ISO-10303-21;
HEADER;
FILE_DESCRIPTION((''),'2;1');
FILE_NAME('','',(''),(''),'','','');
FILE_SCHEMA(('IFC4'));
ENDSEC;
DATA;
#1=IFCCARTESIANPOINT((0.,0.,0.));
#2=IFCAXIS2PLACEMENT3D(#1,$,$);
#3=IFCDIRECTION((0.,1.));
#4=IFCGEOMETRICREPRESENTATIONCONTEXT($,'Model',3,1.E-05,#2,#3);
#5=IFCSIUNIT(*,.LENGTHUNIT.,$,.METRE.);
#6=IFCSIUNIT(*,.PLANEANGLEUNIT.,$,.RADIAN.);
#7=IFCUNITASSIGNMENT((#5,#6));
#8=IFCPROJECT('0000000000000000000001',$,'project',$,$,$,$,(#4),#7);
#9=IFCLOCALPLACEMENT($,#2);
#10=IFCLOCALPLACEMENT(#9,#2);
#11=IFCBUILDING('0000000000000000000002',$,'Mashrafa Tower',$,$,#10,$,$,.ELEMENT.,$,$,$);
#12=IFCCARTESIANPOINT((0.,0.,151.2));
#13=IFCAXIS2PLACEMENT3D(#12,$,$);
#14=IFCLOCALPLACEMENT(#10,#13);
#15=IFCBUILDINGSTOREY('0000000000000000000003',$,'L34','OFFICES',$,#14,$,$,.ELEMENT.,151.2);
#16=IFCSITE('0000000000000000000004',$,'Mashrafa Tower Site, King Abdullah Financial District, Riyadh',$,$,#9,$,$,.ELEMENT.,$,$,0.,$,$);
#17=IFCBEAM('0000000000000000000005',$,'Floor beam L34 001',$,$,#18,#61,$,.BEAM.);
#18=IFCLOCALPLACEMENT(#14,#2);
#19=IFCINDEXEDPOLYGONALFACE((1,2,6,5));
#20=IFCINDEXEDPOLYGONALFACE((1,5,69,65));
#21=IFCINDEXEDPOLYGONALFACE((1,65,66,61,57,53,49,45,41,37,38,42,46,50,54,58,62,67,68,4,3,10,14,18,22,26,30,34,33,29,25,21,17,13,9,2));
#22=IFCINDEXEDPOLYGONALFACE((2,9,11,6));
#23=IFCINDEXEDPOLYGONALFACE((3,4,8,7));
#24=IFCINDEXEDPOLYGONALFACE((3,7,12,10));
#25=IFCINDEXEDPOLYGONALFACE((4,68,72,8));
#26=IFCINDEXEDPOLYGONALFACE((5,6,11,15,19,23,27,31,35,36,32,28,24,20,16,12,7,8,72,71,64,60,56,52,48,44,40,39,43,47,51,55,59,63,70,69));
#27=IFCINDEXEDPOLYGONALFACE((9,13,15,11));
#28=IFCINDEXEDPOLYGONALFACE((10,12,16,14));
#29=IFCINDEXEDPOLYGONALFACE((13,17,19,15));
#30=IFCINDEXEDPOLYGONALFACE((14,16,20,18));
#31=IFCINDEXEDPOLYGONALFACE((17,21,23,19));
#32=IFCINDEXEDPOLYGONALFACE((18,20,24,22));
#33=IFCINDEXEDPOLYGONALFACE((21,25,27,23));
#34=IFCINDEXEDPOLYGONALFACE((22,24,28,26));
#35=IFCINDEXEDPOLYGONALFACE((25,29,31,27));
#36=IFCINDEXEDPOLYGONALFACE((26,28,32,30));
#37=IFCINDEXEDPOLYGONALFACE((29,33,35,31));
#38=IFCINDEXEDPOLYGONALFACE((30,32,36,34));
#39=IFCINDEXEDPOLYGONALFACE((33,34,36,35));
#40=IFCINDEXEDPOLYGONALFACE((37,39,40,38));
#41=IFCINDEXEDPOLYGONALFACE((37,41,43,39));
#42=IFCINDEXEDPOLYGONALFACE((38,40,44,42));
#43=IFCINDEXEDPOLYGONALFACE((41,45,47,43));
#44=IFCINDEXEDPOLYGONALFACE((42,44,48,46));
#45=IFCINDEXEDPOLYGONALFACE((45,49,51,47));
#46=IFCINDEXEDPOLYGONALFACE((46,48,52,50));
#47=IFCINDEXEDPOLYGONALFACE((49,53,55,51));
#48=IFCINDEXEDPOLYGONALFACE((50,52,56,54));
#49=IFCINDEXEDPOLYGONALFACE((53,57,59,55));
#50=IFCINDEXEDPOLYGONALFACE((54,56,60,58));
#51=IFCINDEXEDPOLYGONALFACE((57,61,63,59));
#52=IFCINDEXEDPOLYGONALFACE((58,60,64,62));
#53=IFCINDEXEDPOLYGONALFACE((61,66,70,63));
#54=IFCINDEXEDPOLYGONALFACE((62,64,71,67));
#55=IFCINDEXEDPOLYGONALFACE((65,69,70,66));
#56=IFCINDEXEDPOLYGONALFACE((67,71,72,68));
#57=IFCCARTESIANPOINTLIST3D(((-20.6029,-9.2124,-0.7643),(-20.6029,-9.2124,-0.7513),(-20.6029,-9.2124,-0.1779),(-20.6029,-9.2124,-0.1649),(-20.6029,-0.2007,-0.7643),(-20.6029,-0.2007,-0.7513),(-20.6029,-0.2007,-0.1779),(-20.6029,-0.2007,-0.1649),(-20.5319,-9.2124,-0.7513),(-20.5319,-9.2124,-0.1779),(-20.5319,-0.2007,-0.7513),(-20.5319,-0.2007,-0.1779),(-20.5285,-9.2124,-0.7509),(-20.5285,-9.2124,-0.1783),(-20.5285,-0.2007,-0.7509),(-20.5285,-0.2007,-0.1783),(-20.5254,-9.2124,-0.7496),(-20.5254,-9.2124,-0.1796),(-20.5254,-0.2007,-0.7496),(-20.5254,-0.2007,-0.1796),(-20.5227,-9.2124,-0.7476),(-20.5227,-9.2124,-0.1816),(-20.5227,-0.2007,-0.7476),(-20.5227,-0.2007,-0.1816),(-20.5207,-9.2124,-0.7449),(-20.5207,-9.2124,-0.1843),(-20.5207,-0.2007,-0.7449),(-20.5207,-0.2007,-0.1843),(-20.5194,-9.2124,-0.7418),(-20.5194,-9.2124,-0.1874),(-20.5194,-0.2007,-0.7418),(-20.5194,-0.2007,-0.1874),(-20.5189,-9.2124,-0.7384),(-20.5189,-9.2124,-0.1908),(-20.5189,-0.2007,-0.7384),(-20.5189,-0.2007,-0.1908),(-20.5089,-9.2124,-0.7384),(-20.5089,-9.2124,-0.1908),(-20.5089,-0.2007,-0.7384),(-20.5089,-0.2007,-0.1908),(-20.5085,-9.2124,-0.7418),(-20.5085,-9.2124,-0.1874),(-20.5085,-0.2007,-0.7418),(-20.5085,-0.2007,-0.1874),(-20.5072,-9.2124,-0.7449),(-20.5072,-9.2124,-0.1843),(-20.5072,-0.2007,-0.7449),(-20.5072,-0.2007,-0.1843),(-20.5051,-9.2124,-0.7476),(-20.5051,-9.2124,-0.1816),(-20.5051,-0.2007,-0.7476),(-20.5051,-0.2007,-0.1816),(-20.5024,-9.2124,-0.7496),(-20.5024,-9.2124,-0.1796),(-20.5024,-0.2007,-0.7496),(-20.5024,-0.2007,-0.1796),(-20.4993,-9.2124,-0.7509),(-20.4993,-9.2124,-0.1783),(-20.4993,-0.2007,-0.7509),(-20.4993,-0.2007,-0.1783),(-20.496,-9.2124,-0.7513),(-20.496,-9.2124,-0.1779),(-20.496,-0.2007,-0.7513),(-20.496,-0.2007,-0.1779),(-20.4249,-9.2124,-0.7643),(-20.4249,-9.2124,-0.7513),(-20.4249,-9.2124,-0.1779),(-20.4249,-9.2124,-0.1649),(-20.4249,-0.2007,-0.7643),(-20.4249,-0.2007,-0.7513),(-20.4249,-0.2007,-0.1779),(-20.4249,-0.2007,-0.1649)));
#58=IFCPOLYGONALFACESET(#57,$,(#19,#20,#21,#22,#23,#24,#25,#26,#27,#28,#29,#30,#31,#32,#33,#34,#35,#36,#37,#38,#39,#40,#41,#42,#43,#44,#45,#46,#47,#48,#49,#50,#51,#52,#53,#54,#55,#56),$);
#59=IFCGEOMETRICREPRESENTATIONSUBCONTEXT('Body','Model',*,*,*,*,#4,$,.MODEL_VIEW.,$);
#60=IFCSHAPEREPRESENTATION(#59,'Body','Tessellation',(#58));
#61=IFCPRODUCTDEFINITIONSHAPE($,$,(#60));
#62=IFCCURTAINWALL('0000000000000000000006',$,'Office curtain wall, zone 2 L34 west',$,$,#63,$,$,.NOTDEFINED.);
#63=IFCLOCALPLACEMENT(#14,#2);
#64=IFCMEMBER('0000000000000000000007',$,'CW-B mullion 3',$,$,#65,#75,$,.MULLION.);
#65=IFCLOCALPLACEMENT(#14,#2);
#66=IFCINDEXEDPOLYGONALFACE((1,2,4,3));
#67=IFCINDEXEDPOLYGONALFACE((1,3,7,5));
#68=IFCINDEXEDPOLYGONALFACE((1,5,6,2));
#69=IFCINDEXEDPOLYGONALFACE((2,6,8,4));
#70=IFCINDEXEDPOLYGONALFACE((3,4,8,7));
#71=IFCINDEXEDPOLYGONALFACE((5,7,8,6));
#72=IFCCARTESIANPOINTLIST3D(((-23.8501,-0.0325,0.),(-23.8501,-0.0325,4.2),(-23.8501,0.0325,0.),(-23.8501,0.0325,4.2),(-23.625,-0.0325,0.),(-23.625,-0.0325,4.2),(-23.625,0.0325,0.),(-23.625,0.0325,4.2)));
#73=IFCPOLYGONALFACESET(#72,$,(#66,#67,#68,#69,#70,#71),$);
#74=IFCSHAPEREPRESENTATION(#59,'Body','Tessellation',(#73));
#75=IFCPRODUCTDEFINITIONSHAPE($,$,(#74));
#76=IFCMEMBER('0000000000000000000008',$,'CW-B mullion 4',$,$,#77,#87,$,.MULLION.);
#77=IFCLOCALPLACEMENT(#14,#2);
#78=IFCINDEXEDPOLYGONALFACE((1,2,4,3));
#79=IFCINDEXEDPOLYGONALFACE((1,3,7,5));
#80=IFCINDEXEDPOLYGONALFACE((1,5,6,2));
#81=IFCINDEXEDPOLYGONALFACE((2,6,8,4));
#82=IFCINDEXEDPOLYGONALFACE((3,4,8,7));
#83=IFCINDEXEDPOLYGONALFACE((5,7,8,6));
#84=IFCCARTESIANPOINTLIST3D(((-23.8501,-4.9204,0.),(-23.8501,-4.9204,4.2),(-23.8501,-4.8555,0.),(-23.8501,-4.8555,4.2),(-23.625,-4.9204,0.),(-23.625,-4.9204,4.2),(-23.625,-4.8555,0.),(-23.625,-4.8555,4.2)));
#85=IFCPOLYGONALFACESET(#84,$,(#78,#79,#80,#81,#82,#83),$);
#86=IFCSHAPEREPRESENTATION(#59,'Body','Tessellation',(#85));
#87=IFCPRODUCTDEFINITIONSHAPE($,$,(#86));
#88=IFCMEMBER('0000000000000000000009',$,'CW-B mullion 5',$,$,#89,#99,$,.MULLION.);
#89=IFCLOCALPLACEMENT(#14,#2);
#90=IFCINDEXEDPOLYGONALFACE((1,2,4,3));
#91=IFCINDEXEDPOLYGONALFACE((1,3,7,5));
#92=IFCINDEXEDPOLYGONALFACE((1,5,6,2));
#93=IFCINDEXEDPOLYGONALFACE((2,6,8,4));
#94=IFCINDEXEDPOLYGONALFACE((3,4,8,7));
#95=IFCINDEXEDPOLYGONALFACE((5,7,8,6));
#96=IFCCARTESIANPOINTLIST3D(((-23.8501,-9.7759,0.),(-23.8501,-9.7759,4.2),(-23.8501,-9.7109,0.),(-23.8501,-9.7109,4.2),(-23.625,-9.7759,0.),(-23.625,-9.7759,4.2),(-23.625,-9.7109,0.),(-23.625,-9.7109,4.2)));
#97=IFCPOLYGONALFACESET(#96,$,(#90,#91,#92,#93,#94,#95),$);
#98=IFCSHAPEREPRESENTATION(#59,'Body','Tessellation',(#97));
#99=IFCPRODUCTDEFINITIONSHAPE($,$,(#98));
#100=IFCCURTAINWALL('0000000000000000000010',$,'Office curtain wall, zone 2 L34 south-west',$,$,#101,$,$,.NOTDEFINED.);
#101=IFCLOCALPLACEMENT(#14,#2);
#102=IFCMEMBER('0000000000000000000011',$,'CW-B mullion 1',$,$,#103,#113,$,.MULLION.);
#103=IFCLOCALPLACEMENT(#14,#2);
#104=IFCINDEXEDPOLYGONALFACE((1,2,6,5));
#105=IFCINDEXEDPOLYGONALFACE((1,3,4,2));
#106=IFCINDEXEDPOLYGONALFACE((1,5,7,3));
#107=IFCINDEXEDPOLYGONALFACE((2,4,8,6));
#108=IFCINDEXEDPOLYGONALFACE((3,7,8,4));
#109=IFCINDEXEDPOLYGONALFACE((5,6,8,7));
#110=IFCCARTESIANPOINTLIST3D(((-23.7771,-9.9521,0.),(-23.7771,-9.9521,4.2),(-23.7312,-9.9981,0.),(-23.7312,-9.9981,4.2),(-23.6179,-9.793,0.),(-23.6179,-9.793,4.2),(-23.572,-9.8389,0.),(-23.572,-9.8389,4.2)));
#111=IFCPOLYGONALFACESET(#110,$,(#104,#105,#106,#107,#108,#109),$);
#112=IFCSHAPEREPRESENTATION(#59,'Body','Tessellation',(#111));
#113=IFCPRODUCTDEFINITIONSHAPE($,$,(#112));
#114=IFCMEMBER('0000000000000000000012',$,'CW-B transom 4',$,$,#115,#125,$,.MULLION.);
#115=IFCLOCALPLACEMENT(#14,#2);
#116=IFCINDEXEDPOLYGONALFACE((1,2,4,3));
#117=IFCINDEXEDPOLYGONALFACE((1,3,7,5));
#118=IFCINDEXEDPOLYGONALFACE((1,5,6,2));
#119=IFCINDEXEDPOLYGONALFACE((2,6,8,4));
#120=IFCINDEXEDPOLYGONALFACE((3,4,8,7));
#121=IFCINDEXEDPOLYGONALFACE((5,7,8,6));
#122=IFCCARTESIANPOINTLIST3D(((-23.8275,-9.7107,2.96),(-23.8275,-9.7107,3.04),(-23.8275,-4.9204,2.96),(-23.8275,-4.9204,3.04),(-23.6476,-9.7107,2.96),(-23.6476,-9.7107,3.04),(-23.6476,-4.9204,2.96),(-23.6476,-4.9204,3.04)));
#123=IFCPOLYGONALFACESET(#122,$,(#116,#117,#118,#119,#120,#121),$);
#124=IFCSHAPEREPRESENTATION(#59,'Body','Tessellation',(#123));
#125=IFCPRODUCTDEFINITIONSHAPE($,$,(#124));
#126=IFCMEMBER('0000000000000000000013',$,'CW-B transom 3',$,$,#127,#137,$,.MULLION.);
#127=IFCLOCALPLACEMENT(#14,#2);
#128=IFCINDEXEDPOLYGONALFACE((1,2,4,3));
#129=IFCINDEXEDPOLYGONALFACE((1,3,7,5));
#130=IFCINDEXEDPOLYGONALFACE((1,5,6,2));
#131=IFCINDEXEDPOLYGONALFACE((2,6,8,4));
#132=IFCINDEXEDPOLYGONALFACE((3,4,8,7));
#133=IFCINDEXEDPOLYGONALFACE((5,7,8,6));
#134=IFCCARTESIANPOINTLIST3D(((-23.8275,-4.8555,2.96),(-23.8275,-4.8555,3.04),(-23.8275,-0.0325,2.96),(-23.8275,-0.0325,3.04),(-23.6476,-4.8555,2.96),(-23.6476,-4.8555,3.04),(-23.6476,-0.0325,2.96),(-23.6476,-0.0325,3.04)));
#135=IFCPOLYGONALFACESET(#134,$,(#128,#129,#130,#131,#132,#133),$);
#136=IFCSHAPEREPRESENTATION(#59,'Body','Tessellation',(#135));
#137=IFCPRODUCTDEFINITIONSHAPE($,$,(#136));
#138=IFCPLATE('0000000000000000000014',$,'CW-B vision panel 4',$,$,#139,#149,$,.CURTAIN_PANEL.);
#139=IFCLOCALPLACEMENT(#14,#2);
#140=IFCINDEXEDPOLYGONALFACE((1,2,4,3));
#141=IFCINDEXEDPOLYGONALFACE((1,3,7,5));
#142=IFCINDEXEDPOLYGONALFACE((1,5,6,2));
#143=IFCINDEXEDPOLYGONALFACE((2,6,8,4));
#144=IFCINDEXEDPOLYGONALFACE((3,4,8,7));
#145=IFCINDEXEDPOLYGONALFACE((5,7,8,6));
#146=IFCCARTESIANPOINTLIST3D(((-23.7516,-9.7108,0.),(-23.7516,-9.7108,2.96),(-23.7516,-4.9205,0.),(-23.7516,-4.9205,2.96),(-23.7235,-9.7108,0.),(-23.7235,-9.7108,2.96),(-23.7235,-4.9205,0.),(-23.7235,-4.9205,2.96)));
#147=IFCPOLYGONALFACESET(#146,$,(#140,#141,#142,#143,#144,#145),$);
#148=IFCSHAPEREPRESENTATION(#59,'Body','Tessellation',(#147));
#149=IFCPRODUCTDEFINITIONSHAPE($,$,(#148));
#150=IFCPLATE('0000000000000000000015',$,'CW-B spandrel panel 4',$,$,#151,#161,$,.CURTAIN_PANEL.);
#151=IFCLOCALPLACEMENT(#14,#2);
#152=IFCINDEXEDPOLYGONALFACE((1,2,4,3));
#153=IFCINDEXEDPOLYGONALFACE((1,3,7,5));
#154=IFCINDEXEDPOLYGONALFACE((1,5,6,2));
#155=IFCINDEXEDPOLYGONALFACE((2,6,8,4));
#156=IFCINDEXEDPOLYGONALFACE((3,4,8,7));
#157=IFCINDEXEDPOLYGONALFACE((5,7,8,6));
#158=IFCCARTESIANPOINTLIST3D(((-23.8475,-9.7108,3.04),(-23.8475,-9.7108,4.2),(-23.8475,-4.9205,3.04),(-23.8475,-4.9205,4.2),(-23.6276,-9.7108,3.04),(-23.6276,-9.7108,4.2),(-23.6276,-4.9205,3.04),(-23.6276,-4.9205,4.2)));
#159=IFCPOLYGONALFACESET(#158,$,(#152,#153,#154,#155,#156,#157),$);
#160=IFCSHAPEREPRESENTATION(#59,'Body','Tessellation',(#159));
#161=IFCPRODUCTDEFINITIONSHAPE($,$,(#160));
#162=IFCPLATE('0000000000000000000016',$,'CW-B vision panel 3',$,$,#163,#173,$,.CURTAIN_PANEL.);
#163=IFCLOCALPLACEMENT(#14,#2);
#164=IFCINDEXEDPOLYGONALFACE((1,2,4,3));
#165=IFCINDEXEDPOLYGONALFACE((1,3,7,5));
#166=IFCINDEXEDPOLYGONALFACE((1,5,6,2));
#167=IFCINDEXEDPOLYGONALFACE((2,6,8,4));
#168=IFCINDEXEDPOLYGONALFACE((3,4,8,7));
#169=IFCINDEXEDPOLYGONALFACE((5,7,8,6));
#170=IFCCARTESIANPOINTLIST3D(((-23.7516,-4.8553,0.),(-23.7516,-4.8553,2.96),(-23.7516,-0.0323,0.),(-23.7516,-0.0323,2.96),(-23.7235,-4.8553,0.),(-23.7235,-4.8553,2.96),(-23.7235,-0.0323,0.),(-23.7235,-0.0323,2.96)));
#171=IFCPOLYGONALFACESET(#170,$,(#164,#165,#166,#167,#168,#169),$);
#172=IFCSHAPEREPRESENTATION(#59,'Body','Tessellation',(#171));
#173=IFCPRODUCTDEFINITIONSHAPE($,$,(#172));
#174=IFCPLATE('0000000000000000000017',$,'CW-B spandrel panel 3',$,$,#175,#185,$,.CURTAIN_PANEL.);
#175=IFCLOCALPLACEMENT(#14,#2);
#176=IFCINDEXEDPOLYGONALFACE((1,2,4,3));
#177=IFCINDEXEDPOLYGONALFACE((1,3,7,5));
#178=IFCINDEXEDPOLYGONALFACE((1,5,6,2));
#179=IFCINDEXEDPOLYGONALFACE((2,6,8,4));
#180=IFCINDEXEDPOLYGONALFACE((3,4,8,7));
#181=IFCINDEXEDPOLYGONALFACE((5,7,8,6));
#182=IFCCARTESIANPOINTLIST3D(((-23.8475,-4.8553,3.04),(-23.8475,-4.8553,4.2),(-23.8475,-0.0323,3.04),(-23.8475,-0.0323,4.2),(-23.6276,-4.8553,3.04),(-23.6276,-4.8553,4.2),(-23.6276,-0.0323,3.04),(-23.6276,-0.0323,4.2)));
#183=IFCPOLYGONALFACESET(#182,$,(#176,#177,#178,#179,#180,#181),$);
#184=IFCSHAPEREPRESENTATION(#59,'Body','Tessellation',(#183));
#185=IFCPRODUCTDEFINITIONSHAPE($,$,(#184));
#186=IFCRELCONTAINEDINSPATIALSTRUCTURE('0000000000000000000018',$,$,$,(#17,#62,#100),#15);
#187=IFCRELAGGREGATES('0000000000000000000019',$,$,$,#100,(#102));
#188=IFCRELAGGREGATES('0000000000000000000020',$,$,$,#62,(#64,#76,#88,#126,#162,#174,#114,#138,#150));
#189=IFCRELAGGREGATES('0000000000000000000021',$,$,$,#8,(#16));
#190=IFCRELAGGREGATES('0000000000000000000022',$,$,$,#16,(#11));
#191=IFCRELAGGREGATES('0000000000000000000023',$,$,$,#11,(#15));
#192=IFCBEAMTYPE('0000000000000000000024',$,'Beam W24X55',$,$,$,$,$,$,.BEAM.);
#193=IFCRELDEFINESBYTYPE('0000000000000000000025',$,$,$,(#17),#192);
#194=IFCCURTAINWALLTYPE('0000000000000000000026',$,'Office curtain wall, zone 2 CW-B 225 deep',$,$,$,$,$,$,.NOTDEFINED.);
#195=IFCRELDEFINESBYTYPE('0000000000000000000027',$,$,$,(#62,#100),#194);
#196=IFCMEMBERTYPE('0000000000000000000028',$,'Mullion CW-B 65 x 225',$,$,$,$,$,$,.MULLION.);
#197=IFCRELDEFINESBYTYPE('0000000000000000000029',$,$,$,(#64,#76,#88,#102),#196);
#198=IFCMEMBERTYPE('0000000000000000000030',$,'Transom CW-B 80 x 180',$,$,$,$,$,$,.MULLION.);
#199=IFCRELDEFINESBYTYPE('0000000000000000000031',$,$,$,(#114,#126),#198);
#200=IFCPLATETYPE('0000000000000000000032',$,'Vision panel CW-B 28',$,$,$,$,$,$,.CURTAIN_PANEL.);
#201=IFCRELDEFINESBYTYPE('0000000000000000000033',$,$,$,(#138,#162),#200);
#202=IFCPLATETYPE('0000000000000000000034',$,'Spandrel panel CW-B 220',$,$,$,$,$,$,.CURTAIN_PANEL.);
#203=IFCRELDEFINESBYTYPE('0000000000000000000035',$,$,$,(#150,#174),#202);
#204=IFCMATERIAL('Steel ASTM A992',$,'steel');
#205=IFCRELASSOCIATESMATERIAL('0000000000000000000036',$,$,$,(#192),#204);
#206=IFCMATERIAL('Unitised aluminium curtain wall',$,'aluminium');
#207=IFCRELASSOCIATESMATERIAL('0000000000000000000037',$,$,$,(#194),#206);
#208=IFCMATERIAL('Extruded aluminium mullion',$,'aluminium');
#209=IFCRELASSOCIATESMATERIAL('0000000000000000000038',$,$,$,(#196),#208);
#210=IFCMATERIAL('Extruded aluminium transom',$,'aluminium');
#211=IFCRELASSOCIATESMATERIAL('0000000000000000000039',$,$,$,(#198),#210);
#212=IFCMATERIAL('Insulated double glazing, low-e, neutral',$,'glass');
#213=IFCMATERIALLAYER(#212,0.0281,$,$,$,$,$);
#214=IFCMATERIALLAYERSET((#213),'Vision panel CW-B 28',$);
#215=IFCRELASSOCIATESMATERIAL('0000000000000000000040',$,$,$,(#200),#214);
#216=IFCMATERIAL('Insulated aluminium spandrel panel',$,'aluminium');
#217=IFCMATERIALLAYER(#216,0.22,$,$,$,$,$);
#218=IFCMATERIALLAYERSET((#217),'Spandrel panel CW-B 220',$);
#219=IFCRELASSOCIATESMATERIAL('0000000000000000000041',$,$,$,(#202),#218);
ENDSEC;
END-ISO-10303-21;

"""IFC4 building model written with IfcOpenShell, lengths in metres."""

from ifc_helpers import new_model, si_unit, direction, frame, origin, origin_2d, place, context, subcontext, project, spatial, rectangle, i_section, extrude, source, transform, mapped, material, layer, layer_set, material_profile, profile_set, type_object, type_shapes, element, aggregate, save


model = new_model("IFC4")

# Units and contexts
model_context = context("Model", 3, precision=1e-05, world=origin(), true_north=direction((0.0, 1.0)))
body_context = subcontext(model_context, "Body", "Model", "MODEL_VIEW")
ifc_project = project(units=[si_unit("LENGTHUNIT", "METRE"), si_unit("PLANEANGLEUNIT", "RADIAN")], contexts=[model_context])

# Site, building, storey
site_placement = place(None, origin())
site = spatial("IfcSite", under=ifc_project, at=site_placement, Name="Mashrafa Tower Site, King Abdullah Financial District, Riyadh", CompositionType="ELEMENT", RefElevation=0.0)
building_placement = place(site_placement, origin())
building = spatial("IfcBuilding", under=site, at=building_placement, Name="Mashrafa Tower", CompositionType="ELEMENT")
storey_placement = place(building_placement, frame((0.0, 0.0, 151.2)))
storey = spatial("IfcBuildingStorey", under=building, at=storey_placement, Name="L34", Description="OFFICES", CompositionType="ELEMENT", Elevation=151.2)

# Beam
ifc_material_1 = material(Name="Steel ASTM A992", Category="steel")
ifc_material_profile_1 = material_profile(ifc_material_1, i_section(OverallWidth=0.178, OverallDepth=0.5994, WebThickness=0.01, FlangeThickness=0.0129, FilletRadius=0.0129, at=origin_2d()), Name="W24X55")
ifc_profile_set_1 = profile_set([ifc_material_profile_1], Name="Steel ASTM A992")
beam_type_1 = type_object("IfcBeamType", Name="Beam W24X55", PredefinedType="BEAM", material=ifc_profile_set_1)
beam_1_placement = place(storey_placement, frame((-20.5139, -9.2124, -0.4646), z_axis=(0.0, 1.0, 0.0), x_axis=(-1.0, 0.0, 0.0)))
element("IfcBeam", 1, at=beam_1_placement, inside=storey, type_object=beam_type_1, Name="Floor beam L34 001", PredefinedType="BEAM", context=body_context, shape_type="SweptSolid", body=[
    extrude(i_section(OverallWidth=0.178, OverallDepth=0.5994, WebThickness=0.01, FlangeThickness=0.0129, FilletRadius=0.0129, at=origin_2d()), origin(), (0.0, 0.0, 1.0), 9.0117),
])

# Curtain wall, members
ifc_material_2 = material(Name="Unitised aluminium curtain wall", Category="aluminium")
curtain_wall_type = type_object("IfcCurtainWallType", Name="Office curtain wall, zone 2 CW-B 225 deep", PredefinedType="NOTDEFINED", material=ifc_material_2)
curtain_wall_1_placement = place(storey_placement, origin())
curtain_wall_1 = element("IfcCurtainWall", 2, at=curtain_wall_1_placement, inside=storey, type_object=curtain_wall_type, Name="Office curtain wall, zone 2 L34 west", PredefinedType="NOTDEFINED")
ifc_material_3 = material(Name="Extruded aluminium mullion", Category="aluminium")
ifc_material_profile_2 = material_profile(ifc_material_3, rectangle(XDim=0.2251, YDim=0.0649, at=origin_2d()), Name="Mullion 65x225")
ifc_profile_set_2 = profile_set([ifc_material_profile_2], Name="Extruded aluminium mullion")
member_type_1 = type_object("IfcMemberType", Name="Mullion CW-B 65 x 225", PredefinedType="MULLION", material=ifc_profile_set_2)
shared_shape_1 = source(origin(), body_context, "Body", "SweptSolid", [
    extrude(rectangle(XDim=0.2251, YDim=0.0649, at=origin_2d()), origin(), (0.0, 0.0, 1.0), 4.2),
])
type_shapes(member_type_1, [shared_shape_1])
member_1_placement = place(storey_placement, frame((-23.7375, 0.0, 0.0), z_axis=(0.0, 0.0, 1.0), x_axis=(1.0, 0.0, 0.0)))
member_1 = element("IfcMember", 3, at=member_1_placement, type_object=member_type_1, Name="CW-B mullion 3", PredefinedType="MULLION", context=body_context, shape_type="MappedRepresentation", body=[
    mapped(shared_shape_1, transform((0.0, 0.0, 0.0))),
])
member_2_placement = place(storey_placement, frame((-23.7375, -4.8879, 0.0), z_axis=(0.0, 0.0, 1.0), x_axis=(1.0, 0.0, 0.0)))
member_2 = element("IfcMember", 4, at=member_2_placement, type_object=member_type_1, Name="CW-B mullion 4", PredefinedType="MULLION", context=body_context, shape_type="MappedRepresentation", body=[
    mapped(shared_shape_1, transform((0.0, 0.0, 0.0))),
])
member_3_placement = place(storey_placement, frame((-23.7375, -9.7434, 0.0), z_axis=(0.0, 0.0, 1.0), x_axis=(1.0, 0.0, 0.0)))
member_3 = element("IfcMember", 5, at=member_3_placement, type_object=member_type_1, Name="CW-B mullion 5", PredefinedType="MULLION", context=body_context, shape_type="MappedRepresentation", body=[
    mapped(shared_shape_1, transform((0.0, 0.0, 0.0))),
])

# Curtain wall, member
curtain_wall_2_placement = place(storey_placement, origin())
curtain_wall_2 = element("IfcCurtainWall", 6, at=curtain_wall_2_placement, inside=storey, type_object=curtain_wall_type, Name="Office curtain wall, zone 2 L34 south-west", PredefinedType="NOTDEFINED")
member_4_placement = place(storey_placement, frame((-23.6746, -9.8955, 0.0), z_axis=(0.0, 0.0, 1.0), x_axis=(0.707107, 0.707107, 0.0)))
member_4 = element("IfcMember", 7, at=member_4_placement, type_object=member_type_1, Name="CW-B mullion 1", PredefinedType="MULLION", context=body_context, shape_type="MappedRepresentation", body=[
    mapped(shared_shape_1, transform((0.0, 0.0, 0.0))),
])
aggregate(curtain_wall_2, [member_4])

# Members
ifc_material_4 = material(Name="Extruded aluminium transom", Category="aluminium")
ifc_material_profile_3 = material_profile(ifc_material_4, rectangle(XDim=0.1799, YDim=0.0801, at=origin_2d()), Name="Transom 80x180")
ifc_profile_set_3 = profile_set([ifc_material_profile_3], Name="Extruded aluminium transom")
member_type_2 = type_object("IfcMemberType", Name="Transom CW-B 80 x 180", PredefinedType="MULLION", material=ifc_profile_set_3)
shared_shape_2 = source(origin(), body_context, "Body", "SweptSolid", [
    extrude(rectangle(XDim=0.1799, YDim=0.0801, at=origin_2d()), origin(), (0.0, 0.0, 1.0), 4.7903),
])
member_5_placement = place(storey_placement, frame((-23.7375, -4.9204, 3.0), z_axis=(0.0, -1.0, 0.0), x_axis=(1.0, 0.0, 0.0)))
member_5 = element("IfcMember", 8, at=member_5_placement, type_object=member_type_2, Name="CW-B transom 4", PredefinedType="MULLION", context=body_context, shape_type="MappedRepresentation", body=[
    mapped(shared_shape_2, transform((0.0, 0.0, 0.0))),
])
shared_shape_3 = source(origin(), body_context, "Body", "SweptSolid", [
    extrude(rectangle(XDim=0.1799, YDim=0.0801, at=origin_2d()), origin(), (0.0, 0.0, 1.0), 4.823),
])
type_shapes(member_type_2, [shared_shape_2, shared_shape_3])
member_6_placement = place(storey_placement, frame((-23.7375, -0.0325, 3.0), z_axis=(0.0, -1.0, 0.0), x_axis=(1.0, 0.0, 0.0)))
member_6 = element("IfcMember", 9, at=member_6_placement, type_object=member_type_2, Name="CW-B transom 3", PredefinedType="MULLION", context=body_context, shape_type="MappedRepresentation", body=[
    mapped(shared_shape_3, transform((0.0, 0.0, 0.0))),
])

# Plates
ifc_material_5 = material(Name="Insulated double glazing, low-e, neutral", Category="glass")
ifc_layer_1 = layer(ifc_material_5, 0.0281)
ifc_layer_set_1 = layer_set([ifc_layer_1], Name="Vision panel CW-B 28")
plate_type_1 = type_object("IfcPlateType", Name="Vision panel CW-B 28", PredefinedType="CURTAIN_PANEL", material=ifc_layer_set_1)
shared_shape_4 = source(origin(), body_context, "Body", "SweptSolid", [
    extrude(rectangle(XDim=4.7903, YDim=0.0281, at=origin_2d()), origin(), (0.0, 0.0, 1.0), 2.96),
])
plate_1_placement = place(storey_placement, frame((-23.7375, -7.3157, 0.0), z_axis=(0.0, 0.0, 1.0), x_axis=(0.0, -1.0, 0.0)))
plate_1 = element("IfcPlate", 10, at=plate_1_placement, type_object=plate_type_1, Name="CW-B vision panel 4", PredefinedType="CURTAIN_PANEL", context=body_context, shape_type="MappedRepresentation", body=[
    mapped(shared_shape_4, transform((0.0, 0.0, 0.0))),
])
ifc_material_6 = material(Name="Insulated aluminium spandrel panel", Category="aluminium")
ifc_layer_2 = layer(ifc_material_6, 0.22)
ifc_layer_set_2 = layer_set([ifc_layer_2], Name="Spandrel panel CW-B 220")
plate_type_2 = type_object("IfcPlateType", Name="Spandrel panel CW-B 220", PredefinedType="CURTAIN_PANEL", material=ifc_layer_set_2)
shared_shape_5 = source(origin(), body_context, "Body", "SweptSolid", [
    extrude(rectangle(XDim=4.7903, YDim=0.22, at=origin_2d()), origin(), (0.0, 0.0, 1.0), 1.1599),
])
plate_2_placement = place(storey_placement, frame((-23.7375, -7.3157, 3.04), z_axis=(0.0, 0.0, 1.0), x_axis=(0.0, -1.0, 0.0)))
plate_2 = element("IfcPlate", 11, at=plate_2_placement, type_object=plate_type_2, Name="CW-B spandrel panel 4", PredefinedType="CURTAIN_PANEL", context=body_context, shape_type="MappedRepresentation", body=[
    mapped(shared_shape_5, transform((0.0, 0.0, 0.0))),
])
shared_shape_6 = source(origin(), body_context, "Body", "SweptSolid", [
    extrude(rectangle(XDim=4.823, YDim=0.0281, at=origin_2d()), origin(), (0.0, 0.0, 1.0), 2.96),
])
type_shapes(plate_type_1, [shared_shape_4, shared_shape_6])
plate_3_placement = place(storey_placement, frame((-23.7375, -2.4438, 0.0), z_axis=(0.0, 0.0, 1.0), x_axis=(0.0, -1.0, 0.0)))
plate_3 = element("IfcPlate", 12, at=plate_3_placement, type_object=plate_type_1, Name="CW-B vision panel 3", PredefinedType="CURTAIN_PANEL", context=body_context, shape_type="MappedRepresentation", body=[
    mapped(shared_shape_6, transform((0.0, 0.0, 0.0))),
])
shared_shape_7 = source(origin(), body_context, "Body", "SweptSolid", [
    extrude(rectangle(XDim=4.823, YDim=0.22, at=origin_2d()), origin(), (0.0, 0.0, 1.0), 1.1599),
])
type_shapes(plate_type_2, [shared_shape_5, shared_shape_7])
plate_4_placement = place(storey_placement, frame((-23.7375, -2.4438, 3.04), z_axis=(0.0, 0.0, 1.0), x_axis=(0.0, -1.0, 0.0)))
plate_4 = element("IfcPlate", 13, at=plate_4_placement, type_object=plate_type_2, Name="CW-B spandrel panel 3", PredefinedType="CURTAIN_PANEL", context=body_context, shape_type="MappedRepresentation", body=[
    mapped(shared_shape_7, transform((0.0, 0.0, 0.0))),
])
aggregate(curtain_wall_1, [member_1, member_2, member_3, member_6, plate_3, plate_4, member_5, plate_1, plate_2])

save(model, "model.ifc")
